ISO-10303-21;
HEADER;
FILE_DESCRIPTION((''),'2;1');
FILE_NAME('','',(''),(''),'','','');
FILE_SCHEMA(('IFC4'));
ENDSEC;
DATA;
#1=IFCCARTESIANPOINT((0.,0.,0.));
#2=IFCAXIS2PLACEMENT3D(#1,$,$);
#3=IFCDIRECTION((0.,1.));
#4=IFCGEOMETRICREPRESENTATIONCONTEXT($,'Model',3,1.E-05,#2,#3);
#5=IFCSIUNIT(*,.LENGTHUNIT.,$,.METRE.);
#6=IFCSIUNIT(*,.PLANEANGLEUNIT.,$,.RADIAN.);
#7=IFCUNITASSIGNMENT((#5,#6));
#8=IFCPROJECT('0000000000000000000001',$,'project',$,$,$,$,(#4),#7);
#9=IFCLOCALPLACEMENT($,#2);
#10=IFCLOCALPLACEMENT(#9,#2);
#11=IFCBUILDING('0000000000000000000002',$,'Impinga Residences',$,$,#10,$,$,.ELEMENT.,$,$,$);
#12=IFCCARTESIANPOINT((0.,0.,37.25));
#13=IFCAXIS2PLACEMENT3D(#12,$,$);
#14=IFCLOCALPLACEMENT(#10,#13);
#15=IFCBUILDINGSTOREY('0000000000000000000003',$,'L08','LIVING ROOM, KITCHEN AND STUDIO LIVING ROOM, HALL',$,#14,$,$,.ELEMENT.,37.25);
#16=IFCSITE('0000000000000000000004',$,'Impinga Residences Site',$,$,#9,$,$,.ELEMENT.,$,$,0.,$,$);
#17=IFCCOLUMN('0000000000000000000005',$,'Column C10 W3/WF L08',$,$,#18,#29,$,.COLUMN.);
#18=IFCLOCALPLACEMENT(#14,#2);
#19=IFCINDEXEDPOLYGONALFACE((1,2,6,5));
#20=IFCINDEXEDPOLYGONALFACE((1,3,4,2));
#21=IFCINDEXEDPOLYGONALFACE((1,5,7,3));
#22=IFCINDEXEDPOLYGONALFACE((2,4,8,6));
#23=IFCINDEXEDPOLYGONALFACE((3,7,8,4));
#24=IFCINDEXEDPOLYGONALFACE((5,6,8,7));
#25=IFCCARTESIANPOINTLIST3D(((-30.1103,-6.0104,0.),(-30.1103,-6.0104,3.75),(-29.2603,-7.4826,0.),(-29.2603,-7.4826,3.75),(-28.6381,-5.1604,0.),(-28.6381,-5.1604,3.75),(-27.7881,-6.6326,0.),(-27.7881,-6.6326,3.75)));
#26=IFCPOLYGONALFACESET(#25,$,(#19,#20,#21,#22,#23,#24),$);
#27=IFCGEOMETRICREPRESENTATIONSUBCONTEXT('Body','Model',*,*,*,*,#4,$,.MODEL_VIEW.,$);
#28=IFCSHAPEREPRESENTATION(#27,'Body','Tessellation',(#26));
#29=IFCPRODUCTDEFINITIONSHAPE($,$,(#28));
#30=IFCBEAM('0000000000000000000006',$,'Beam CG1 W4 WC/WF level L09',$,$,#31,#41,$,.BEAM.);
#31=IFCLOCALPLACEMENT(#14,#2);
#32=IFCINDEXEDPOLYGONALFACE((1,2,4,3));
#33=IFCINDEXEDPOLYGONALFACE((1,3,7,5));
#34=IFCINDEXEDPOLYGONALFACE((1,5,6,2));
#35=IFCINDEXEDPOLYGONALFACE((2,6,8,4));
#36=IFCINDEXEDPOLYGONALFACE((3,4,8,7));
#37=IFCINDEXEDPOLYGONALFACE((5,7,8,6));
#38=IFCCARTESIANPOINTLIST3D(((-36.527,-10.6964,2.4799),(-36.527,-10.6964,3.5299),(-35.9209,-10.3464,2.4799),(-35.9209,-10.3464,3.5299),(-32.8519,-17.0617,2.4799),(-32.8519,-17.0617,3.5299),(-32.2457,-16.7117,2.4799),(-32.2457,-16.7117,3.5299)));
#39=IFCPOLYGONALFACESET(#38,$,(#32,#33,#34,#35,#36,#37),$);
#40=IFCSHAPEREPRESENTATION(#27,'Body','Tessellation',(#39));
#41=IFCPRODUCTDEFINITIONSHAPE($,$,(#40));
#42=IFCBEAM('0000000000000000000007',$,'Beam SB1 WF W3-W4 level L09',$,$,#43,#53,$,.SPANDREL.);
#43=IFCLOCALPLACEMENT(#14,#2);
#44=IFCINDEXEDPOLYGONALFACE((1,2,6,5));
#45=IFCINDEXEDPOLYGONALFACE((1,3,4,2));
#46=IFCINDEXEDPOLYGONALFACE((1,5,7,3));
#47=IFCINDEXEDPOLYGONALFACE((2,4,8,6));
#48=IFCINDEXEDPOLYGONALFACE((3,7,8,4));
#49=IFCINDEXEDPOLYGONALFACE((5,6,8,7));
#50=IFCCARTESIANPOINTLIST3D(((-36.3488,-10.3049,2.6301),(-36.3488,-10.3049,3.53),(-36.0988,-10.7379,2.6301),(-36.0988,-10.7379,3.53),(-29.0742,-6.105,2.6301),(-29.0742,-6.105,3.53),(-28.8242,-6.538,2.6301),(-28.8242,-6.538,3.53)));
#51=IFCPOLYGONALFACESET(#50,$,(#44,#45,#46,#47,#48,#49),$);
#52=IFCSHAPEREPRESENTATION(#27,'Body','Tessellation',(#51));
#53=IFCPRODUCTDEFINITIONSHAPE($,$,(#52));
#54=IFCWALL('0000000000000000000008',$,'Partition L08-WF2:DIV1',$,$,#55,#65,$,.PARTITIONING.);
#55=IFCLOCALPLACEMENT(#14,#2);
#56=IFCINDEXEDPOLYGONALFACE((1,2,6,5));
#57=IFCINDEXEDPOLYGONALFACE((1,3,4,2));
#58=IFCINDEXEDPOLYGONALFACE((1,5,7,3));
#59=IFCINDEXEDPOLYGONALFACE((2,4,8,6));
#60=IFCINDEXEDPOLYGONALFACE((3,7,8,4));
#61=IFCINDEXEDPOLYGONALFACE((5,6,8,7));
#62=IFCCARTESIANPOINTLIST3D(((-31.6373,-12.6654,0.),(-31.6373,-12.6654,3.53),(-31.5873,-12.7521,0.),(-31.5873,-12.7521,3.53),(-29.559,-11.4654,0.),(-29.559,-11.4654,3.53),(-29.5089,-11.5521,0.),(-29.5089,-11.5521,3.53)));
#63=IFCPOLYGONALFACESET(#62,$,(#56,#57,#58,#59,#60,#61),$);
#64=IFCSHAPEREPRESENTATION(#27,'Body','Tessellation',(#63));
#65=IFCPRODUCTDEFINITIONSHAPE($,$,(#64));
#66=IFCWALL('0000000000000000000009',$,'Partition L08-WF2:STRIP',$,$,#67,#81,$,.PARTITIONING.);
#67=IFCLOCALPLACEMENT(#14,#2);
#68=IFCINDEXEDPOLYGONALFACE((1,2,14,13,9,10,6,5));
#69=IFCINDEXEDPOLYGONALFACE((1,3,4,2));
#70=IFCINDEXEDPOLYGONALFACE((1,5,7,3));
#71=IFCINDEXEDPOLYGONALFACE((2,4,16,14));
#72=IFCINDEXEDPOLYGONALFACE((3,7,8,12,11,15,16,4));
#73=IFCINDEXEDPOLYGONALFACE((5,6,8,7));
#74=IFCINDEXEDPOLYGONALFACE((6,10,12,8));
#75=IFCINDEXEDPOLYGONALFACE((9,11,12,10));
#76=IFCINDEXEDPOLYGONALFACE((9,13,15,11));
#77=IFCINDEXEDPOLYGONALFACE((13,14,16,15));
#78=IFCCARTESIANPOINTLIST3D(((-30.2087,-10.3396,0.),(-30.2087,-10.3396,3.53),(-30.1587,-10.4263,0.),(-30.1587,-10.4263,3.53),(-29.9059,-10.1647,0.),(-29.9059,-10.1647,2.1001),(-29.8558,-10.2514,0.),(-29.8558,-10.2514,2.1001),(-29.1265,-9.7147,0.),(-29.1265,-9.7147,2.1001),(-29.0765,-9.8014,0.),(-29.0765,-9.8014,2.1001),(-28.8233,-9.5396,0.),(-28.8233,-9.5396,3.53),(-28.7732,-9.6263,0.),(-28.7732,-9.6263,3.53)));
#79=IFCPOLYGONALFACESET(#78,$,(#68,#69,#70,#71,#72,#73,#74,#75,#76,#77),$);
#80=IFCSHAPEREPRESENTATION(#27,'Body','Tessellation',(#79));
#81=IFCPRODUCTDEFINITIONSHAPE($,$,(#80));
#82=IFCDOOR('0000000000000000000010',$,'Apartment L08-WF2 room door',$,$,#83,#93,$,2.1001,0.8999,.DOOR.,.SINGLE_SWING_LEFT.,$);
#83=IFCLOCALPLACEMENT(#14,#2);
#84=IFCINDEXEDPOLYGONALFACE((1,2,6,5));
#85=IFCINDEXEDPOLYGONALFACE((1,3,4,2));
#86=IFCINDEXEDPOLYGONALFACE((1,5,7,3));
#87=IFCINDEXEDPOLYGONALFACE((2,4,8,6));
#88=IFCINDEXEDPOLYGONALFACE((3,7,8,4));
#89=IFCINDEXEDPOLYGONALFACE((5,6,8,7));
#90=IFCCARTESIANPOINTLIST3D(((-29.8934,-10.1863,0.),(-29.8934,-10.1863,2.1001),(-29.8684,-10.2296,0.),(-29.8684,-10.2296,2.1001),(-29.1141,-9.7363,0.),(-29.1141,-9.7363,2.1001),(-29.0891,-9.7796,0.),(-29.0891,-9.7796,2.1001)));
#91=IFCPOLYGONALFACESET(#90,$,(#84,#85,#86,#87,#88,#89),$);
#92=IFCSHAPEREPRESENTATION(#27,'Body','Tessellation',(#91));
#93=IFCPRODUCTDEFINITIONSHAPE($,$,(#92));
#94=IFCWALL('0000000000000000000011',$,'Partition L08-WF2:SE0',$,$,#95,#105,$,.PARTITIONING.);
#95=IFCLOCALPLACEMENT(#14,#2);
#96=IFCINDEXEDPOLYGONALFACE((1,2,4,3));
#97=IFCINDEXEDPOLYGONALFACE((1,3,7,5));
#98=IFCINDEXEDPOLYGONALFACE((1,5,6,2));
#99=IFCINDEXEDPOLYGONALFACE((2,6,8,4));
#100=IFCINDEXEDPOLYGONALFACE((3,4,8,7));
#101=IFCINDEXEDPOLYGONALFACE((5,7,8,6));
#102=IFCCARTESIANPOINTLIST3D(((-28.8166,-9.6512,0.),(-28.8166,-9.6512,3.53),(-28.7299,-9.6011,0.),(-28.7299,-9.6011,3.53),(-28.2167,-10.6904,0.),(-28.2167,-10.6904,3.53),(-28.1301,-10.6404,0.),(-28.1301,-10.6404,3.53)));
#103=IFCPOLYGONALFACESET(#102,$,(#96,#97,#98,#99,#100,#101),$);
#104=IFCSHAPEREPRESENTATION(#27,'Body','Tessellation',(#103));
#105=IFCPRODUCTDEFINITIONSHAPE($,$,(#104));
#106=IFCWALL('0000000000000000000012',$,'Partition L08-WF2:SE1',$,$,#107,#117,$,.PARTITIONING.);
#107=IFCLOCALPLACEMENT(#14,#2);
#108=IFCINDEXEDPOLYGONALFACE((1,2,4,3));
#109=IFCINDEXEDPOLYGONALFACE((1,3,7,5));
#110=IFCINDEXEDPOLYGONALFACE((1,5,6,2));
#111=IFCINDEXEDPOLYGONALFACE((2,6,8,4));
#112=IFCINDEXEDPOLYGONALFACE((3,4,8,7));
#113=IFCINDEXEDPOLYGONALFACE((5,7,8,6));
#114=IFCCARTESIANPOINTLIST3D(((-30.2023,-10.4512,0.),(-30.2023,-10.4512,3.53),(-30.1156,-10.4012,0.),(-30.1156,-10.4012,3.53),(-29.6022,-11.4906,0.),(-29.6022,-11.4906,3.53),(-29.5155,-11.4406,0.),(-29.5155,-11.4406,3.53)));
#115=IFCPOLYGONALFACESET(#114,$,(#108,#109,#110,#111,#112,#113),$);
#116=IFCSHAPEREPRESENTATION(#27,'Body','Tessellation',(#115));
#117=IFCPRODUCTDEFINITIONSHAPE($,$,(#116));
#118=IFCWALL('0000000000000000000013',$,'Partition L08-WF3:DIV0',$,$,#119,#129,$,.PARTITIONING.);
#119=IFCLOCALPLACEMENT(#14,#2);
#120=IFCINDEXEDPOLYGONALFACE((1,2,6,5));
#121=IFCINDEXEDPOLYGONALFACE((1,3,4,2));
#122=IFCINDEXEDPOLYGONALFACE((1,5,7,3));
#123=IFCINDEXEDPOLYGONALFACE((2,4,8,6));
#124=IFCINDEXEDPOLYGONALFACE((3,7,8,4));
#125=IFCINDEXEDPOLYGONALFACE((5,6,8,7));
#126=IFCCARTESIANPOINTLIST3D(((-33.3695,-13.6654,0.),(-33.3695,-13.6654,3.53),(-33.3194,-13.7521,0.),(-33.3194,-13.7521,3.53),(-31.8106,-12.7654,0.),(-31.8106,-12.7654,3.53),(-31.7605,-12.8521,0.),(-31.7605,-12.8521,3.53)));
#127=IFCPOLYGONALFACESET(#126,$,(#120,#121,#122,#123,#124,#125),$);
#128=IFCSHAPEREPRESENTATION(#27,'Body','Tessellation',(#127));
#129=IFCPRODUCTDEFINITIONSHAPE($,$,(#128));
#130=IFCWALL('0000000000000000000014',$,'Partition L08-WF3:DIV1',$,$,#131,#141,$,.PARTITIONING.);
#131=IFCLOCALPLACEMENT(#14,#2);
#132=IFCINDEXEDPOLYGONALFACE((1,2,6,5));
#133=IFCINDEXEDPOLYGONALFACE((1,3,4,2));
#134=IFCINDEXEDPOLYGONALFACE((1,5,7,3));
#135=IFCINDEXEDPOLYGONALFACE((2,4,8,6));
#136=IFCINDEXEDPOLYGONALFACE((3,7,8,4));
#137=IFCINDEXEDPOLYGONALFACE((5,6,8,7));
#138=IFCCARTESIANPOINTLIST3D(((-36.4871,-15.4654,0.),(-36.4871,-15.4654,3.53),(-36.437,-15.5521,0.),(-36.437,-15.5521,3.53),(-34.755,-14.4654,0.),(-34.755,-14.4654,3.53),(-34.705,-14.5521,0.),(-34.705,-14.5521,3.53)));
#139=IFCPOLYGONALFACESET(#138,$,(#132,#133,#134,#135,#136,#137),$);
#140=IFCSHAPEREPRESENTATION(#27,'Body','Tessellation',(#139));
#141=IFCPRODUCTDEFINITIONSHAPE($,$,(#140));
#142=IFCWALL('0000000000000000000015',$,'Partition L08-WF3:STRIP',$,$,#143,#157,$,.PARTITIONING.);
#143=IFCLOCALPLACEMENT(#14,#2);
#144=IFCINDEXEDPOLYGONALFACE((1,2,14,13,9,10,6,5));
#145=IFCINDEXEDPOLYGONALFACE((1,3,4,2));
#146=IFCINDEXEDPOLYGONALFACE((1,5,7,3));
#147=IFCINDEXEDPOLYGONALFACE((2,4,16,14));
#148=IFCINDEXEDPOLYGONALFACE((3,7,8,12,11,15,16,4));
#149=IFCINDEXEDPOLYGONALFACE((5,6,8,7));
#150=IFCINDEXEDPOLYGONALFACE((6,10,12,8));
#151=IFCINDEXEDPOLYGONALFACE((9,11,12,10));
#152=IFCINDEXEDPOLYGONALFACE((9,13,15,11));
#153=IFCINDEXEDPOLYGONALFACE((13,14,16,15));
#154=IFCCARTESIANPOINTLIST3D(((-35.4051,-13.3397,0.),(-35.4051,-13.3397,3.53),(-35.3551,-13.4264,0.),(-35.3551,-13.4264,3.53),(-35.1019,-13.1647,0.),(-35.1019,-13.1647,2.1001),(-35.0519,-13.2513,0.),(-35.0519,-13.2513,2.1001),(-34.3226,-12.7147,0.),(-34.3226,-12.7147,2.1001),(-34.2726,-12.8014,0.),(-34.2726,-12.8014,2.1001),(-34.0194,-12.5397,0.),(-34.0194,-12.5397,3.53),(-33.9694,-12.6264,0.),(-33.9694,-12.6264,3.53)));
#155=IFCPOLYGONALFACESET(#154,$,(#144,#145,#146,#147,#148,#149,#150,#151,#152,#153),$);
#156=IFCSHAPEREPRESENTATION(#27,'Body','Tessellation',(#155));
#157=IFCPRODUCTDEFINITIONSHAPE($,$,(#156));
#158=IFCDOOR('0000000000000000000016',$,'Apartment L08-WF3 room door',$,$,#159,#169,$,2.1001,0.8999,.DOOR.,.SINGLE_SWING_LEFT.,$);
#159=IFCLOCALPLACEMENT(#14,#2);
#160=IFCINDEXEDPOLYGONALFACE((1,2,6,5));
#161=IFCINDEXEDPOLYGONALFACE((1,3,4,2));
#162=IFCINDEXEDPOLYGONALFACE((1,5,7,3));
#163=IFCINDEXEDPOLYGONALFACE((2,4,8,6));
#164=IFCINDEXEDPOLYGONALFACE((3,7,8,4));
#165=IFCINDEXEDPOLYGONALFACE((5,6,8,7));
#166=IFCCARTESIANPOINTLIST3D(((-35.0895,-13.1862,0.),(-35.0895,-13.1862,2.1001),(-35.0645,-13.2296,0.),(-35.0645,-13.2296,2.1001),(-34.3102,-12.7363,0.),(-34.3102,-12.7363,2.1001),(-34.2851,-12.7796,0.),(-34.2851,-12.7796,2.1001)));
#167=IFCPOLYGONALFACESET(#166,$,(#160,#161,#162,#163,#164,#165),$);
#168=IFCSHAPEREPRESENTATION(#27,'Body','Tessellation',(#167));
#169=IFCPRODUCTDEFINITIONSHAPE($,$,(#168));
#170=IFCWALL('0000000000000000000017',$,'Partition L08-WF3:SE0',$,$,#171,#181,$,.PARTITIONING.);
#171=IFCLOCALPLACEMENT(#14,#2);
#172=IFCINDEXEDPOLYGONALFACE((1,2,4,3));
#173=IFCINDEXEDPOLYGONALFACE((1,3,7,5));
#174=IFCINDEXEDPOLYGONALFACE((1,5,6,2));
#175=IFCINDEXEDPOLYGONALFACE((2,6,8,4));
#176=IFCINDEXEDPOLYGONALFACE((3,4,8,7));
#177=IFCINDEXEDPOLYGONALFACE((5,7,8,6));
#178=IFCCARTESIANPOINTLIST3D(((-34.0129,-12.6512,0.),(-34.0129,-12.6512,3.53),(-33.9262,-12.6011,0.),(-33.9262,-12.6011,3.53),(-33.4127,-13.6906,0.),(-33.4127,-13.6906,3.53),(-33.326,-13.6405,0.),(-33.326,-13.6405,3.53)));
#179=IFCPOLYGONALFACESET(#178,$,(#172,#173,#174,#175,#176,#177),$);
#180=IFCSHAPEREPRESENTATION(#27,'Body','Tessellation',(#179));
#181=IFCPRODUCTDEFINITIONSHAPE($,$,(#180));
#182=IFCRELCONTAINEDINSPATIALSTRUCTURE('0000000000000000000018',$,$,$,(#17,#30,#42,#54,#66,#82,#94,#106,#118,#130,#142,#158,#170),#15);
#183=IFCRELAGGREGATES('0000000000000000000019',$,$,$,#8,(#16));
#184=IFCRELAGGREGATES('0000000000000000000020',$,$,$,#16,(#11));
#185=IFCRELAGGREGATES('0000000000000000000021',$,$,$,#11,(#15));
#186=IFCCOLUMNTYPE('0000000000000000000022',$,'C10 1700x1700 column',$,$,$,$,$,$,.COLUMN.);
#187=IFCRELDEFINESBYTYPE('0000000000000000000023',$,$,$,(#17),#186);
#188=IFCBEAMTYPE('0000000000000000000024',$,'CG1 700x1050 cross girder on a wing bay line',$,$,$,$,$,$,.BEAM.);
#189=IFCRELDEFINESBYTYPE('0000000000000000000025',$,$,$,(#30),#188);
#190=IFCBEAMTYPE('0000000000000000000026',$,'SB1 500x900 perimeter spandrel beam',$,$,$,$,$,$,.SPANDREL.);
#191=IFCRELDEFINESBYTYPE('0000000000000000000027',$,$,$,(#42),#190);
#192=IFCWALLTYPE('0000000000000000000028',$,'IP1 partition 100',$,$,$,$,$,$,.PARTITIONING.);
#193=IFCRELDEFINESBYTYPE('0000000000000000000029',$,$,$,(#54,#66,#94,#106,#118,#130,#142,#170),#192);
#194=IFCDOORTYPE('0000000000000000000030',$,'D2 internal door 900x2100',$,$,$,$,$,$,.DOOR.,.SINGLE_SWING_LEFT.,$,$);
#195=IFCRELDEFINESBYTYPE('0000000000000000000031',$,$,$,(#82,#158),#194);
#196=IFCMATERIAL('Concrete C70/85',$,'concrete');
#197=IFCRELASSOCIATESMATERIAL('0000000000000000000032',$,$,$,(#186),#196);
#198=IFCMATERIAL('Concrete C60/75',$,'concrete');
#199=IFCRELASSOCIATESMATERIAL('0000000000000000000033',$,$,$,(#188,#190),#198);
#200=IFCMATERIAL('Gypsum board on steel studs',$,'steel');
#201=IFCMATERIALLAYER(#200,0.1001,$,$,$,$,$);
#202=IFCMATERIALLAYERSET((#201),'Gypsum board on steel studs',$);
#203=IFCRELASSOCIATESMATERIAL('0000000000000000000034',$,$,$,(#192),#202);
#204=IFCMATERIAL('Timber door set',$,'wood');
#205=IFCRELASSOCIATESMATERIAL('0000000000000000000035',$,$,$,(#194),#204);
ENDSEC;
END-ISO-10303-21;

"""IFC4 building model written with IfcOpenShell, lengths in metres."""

from ifc_helpers import new_model, si_unit, direction, frame, frame_2d, origin, origin_2d, place, context, subcontext, project, spatial, rectangle, extrude, material, layer, layer_set, material_profile, profile_set, type_object, element, fill, save


model = new_model("IFC4")

# Units and contexts
model_context = context("Model", 3, precision=1e-05, world=origin(), true_north=direction((0.0, 1.0)))
body_context = subcontext(model_context, "Body", "Model", "MODEL_VIEW")
ifc_project = project(units=[si_unit("LENGTHUNIT", "METRE"), si_unit("PLANEANGLEUNIT", "RADIAN")], contexts=[model_context])

# Site, building, storey
site_placement = place(None, origin())
site = spatial("IfcSite", under=ifc_project, at=site_placement, Name="Impinga Residences Site", CompositionType="ELEMENT", RefElevation=0.0)
building_placement = place(site_placement, origin())
building = spatial("IfcBuilding", under=site, at=building_placement, Name="Impinga Residences", CompositionType="ELEMENT")
storey_placement = place(building_placement, frame((0.0, 0.0, 37.25)))
storey = spatial("IfcBuildingStorey", under=building, at=storey_placement, Name="L08", Description="LIVING ROOM, KITCHEN AND STUDIO LIVING ROOM, HALL", CompositionType="ELEMENT", Elevation=37.25)

# Column
ifc_material_1 = material(Name="Concrete C70/85", Category="concrete")
ifc_material_profile_1 = material_profile(ifc_material_1, rectangle(XDim=1.7, YDim=1.7, at=origin_2d()), Name="RC 1700x1700")
ifc_profile_set_1 = profile_set([ifc_material_profile_1], Name="Concrete C70/85")
column_type = type_object("IfcColumnType", Name="C10 1700x1700 column", PredefinedType="COLUMN", material=ifc_profile_set_1)
column_placement = place(storey_placement, frame((-28.9492, -6.3215, 0.0), z_axis=(0.0, 0.0, 1.0), x_axis=(-0.5, 0.866025, 0.0)))
element("IfcColumn", 1, at=column_placement, inside=storey, type_object=column_type, Name="Column C10 W3/WF L08", PredefinedType="COLUMN", context=body_context, shape_type="SweptSolid", body=[
    extrude(rectangle(XDim=1.7, YDim=1.7, at=origin_2d()), origin(), (0.0, 0.0, 1.0), 3.75),
])

# Beams
ifc_material_2 = material(Name="Concrete C60/75", Category="concrete")
ifc_material_profile_2 = material_profile(ifc_material_2, rectangle(XDim=0.7, YDim=1.05, at=origin_2d()), Name="RC 700x1050")
ifc_profile_set_2 = profile_set([ifc_material_profile_2], Name="Concrete C60/75")
beam_type_1 = type_object("IfcBeamType", Name="CG1 700x1050 cross girder on a wing bay line", PredefinedType="BEAM", material=ifc_profile_set_2)
beam_1_placement = place(storey_placement, frame((-32.5488, -16.8867, 3.0049), z_axis=(-0.500008, 0.866021, 0.0), x_axis=(-0.866021, -0.500008, 0.0)))
element("IfcBeam", 2, at=beam_1_placement, inside=storey, type_object=beam_type_1, Name="Beam CG1 W4 WC/WF level L09", PredefinedType="BEAM", context=body_context, shape_type="SweptSolid", body=[
    extrude(rectangle(XDim=0.7, YDim=1.05, at=origin_2d()), origin(), (0.0, 0.0, 1.0), 7.3501),
])
ifc_material_profile_3 = material_profile(ifc_material_2, rectangle(XDim=0.5, YDim=0.8999, at=origin_2d()), Name="RC 500x900")
ifc_profile_set_3 = profile_set([ifc_material_profile_3], Name="Concrete C60/75")
beam_type_2 = type_object("IfcBeamType", Name="SB1 500x900 perimeter spandrel beam", PredefinedType="SPANDREL", material=ifc_profile_set_3)
beam_2_placement = place(storey_placement, frame((-28.9492, -6.3215, 3.0801), z_axis=(-0.866029, -0.499993, 0.0), x_axis=(0.499993, -0.866029, 0.0)))
element("IfcBeam", 3, at=beam_2_placement, inside=storey, type_object=beam_type_2, Name="Beam SB1 WF W3-W4 level L09", PredefinedType="SPANDREL", context=body_context, shape_type="SweptSolid", body=[
    extrude(rectangle(XDim=0.5, YDim=0.8999, at=origin_2d()), origin(), (0.0, 0.0, 1.0), 8.3999),
])

# Wall
ifc_material_3 = material(Name="Gypsum board on steel studs", Category="steel")
ifc_layer_1 = layer(ifc_material_3, 0.1001)
ifc_layer_set_1 = layer_set([ifc_layer_1], Name="Gypsum board on steel studs")
wall_type_1 = type_object("IfcWallType", Name="IP1 partition 100", PredefinedType="PARTITIONING", material=ifc_layer_set_1)
wall_1_placement = place(storey_placement, frame((-29.5339, -11.5088, 0.0), z_axis=(0.0, 0.0, 1.0), x_axis=(-0.866025, -0.500001, 0.0)))
element("IfcWall", 4, at=wall_1_placement, inside=storey, type_object=wall_type_1, Name="Partition L08-WF2:DIV1", PredefinedType="PARTITIONING", context=body_context, shape_type="SweptSolid", body=[
    extrude(rectangle(XDim=2.3999, YDim=0.1001, at=frame_2d((1.2, 0.0))), origin(), (0.0, 0.0, 1.0), 3.53),
])

# Wall, opening, door
wall_2_placement = place(storey_placement, frame((-28.7983, -9.583, 0.0), z_axis=(0.0, 0.0, 1.0), x_axis=(-0.86599, -0.500061, 0.0)))
wall_2 = element("IfcWall", 5, at=wall_2_placement, inside=storey, type_object=wall_type_1, Name="Partition L08-WF2:STRIP", PredefinedType="PARTITIONING", context=body_context, shape_type="SweptSolid", body=[
    extrude(rectangle(XDim=1.5999, YDim=0.1001, at=frame_2d((0.7998, 0.0))), origin(), (0.0, 0.0, 1.0), 3.53),
])
opening_1_placement = place(wall_2_placement, frame((0.3501, 0.0, 0.0)))
opening_1 = element("IfcOpeningElement", 6, at=opening_1_placement, cuts=wall_2, PredefinedType="OPENING", context=body_context, shape_type="SweptSolid", body=[
    extrude(rectangle(XDim=0.8999, YDim=2.1001, at=frame_2d((0.45, 1.05))), frame((0.0, 0.0601, 0.0), z_axis=(0.0, -1.0, 0.0), x_axis=(1.0, 0.0, 0.0)), (0.0, 0.0, 1.0), 0.1201),
])
ifc_material_4 = material(Name="Timber door set", Category="wood")
door_type = type_object("IfcDoorType", Name="D2 internal door 900x2100", OperationType="SINGLE_SWING_LEFT", PredefinedType="DOOR", material=ifc_material_4)
door_1_placement = place(opening_1_placement, origin())
door_1 = element("IfcDoor", 7, at=door_1_placement, inside=storey, type_object=door_type, Name="Apartment L08-WF2 room door", OperationType="SINGLE_SWING_LEFT", OverallHeight=2.1001, OverallWidth=0.8999, PredefinedType="DOOR", context=body_context, shape_type="SweptSolid", body=[
    extrude(rectangle(XDim=0.8999, YDim=2.1001, at=frame_2d((0.45, 1.05))), frame((0.0, 0.0249, 0.0), z_axis=(0.0, -1.0, 0.0), x_axis=(1.0, 0.0, 0.0)), (0.0, 0.0, 1.0), 0.05),
])
fill(opening_1, door_1)

# Walls
wall_3_placement = place(storey_placement, frame((-28.1733, -10.6655, 0.0), z_axis=(0.0, 0.0, 1.0), x_axis=(-0.499881, 0.866094, 0.0)))
element("IfcWall", 8, at=wall_3_placement, inside=storey, type_object=wall_type_1, Name="Partition L08-WF2:SE0", PredefinedType="PARTITIONING", context=body_context, shape_type="SweptSolid", body=[
    extrude(rectangle(XDim=1.2, YDim=0.1001, at=frame_2d((0.6001, 0.0))), origin(), (0.0, 0.0, 1.0), 3.53),
])
wall_4_placement = place(storey_placement, frame((-29.5588, -11.4656, 0.0), z_axis=(0.0, 0.0, 1.0), x_axis=(-0.500034, 0.866006, 0.0)))
element("IfcWall", 9, at=wall_4_placement, inside=storey, type_object=wall_type_1, Name="Partition L08-WF2:SE1", PredefinedType="PARTITIONING", context=body_context, shape_type="SweptSolid", body=[
    extrude(rectangle(XDim=1.2002, YDim=0.1001, at=frame_2d((0.6001, 0.0))), origin(), (0.0, 0.0, 1.0), 3.53),
])
wall_5_placement = place(storey_placement, frame((-31.7856, -12.8088, 0.0), z_axis=(0.0, 0.0, 1.0), x_axis=(-0.866048, -0.499961, 0.0)))
element("IfcWall", 10, at=wall_5_placement, inside=storey, type_object=wall_type_1, Name="Partition L08-WF3:DIV0", PredefinedType="PARTITIONING", context=body_context, shape_type="SweptSolid", body=[
    extrude(rectangle(XDim=1.8, YDim=0.1001, at=frame_2d((0.8999, 0.0))), origin(), (0.0, 0.0, 1.0), 3.53),
])
wall_6_placement = place(storey_placement, frame((-34.73, -14.5088, 0.0), z_axis=(0.0, 0.0, 1.0), x_axis=(-0.866041, -0.499973, 0.0)))
element("IfcWall", 11, at=wall_6_placement, inside=storey, type_object=wall_type_1, Name="Partition L08-WF3:DIV1", PredefinedType="PARTITIONING", context=body_context, shape_type="SweptSolid", body=[
    extrude(rectangle(XDim=2.0, YDim=0.1001, at=frame_2d((1.0, 0.0))), origin(), (0.0, 0.0, 1.0), 3.53),
])

# Wall, opening, door
wall_7_placement = place(storey_placement, frame((-33.9944, -12.583, 0.0), z_axis=(0.0, 0.0, 1.0), x_axis=(-0.866028, -0.499995, 0.0)))
wall_7 = element("IfcWall", 12, at=wall_7_placement, inside=storey, type_object=wall_type_1, Name="Partition L08-WF3:STRIP", PredefinedType="PARTITIONING", context=body_context, shape_type="SweptSolid", body=[
    extrude(rectangle(XDim=1.6001, YDim=0.1001, at=frame_2d((0.8, 0.0))), origin(), (0.0, 0.0, 1.0), 3.53),
])
opening_2_placement = place(wall_7_placement, frame((0.3501, 0.0, 0.0)))
opening_2 = element("IfcOpeningElement", 13, at=opening_2_placement, cuts=wall_7, PredefinedType="OPENING", context=body_context, shape_type="SweptSolid", body=[
    extrude(rectangle(XDim=0.8999, YDim=2.1001, at=frame_2d((0.45, 1.05))), frame((0.0, 0.0601, 0.0), z_axis=(0.0, -1.0, 0.0), x_axis=(1.0, 0.0, 0.0)), (0.0, 0.0, 1.0), 0.1201),
])
door_2_placement = place(opening_2_placement, origin())
door_2 = element("IfcDoor", 14, at=door_2_placement, inside=storey, type_object=door_type, Name="Apartment L08-WF3 room door", OperationType="SINGLE_SWING_LEFT", OverallHeight=2.1001, OverallWidth=0.8999, PredefinedType="DOOR", context=body_context, shape_type="SweptSolid", body=[
    extrude(rectangle(XDim=0.8999, YDim=2.1001, at=frame_2d((0.45, 1.05))), frame((0.0, 0.0249, 0.0), z_axis=(0.0, -1.0, 0.0), x_axis=(1.0, 0.0, 0.0)), (0.0, 0.0, 1.0), 0.05),
])
fill(opening_2, door_2)

# Wall
wall_8_placement = place(storey_placement, frame((-33.3694, -13.6655, 0.0), z_axis=(0.0, 0.0, 1.0), x_axis=(-0.500034, 0.866006, 0.0)))
element("IfcWall", 15, at=wall_8_placement, inside=storey, type_object=wall_type_1, Name="Partition L08-WF3:SE0", PredefinedType="PARTITIONING", context=body_context, shape_type="SweptSolid", body=[
    extrude(rectangle(XDim=1.2002, YDim=0.1001, at=frame_2d((0.6001, 0.0))), origin(), (0.0, 0.0, 1.0), 3.53),
])

save(model, "model.ifc")
